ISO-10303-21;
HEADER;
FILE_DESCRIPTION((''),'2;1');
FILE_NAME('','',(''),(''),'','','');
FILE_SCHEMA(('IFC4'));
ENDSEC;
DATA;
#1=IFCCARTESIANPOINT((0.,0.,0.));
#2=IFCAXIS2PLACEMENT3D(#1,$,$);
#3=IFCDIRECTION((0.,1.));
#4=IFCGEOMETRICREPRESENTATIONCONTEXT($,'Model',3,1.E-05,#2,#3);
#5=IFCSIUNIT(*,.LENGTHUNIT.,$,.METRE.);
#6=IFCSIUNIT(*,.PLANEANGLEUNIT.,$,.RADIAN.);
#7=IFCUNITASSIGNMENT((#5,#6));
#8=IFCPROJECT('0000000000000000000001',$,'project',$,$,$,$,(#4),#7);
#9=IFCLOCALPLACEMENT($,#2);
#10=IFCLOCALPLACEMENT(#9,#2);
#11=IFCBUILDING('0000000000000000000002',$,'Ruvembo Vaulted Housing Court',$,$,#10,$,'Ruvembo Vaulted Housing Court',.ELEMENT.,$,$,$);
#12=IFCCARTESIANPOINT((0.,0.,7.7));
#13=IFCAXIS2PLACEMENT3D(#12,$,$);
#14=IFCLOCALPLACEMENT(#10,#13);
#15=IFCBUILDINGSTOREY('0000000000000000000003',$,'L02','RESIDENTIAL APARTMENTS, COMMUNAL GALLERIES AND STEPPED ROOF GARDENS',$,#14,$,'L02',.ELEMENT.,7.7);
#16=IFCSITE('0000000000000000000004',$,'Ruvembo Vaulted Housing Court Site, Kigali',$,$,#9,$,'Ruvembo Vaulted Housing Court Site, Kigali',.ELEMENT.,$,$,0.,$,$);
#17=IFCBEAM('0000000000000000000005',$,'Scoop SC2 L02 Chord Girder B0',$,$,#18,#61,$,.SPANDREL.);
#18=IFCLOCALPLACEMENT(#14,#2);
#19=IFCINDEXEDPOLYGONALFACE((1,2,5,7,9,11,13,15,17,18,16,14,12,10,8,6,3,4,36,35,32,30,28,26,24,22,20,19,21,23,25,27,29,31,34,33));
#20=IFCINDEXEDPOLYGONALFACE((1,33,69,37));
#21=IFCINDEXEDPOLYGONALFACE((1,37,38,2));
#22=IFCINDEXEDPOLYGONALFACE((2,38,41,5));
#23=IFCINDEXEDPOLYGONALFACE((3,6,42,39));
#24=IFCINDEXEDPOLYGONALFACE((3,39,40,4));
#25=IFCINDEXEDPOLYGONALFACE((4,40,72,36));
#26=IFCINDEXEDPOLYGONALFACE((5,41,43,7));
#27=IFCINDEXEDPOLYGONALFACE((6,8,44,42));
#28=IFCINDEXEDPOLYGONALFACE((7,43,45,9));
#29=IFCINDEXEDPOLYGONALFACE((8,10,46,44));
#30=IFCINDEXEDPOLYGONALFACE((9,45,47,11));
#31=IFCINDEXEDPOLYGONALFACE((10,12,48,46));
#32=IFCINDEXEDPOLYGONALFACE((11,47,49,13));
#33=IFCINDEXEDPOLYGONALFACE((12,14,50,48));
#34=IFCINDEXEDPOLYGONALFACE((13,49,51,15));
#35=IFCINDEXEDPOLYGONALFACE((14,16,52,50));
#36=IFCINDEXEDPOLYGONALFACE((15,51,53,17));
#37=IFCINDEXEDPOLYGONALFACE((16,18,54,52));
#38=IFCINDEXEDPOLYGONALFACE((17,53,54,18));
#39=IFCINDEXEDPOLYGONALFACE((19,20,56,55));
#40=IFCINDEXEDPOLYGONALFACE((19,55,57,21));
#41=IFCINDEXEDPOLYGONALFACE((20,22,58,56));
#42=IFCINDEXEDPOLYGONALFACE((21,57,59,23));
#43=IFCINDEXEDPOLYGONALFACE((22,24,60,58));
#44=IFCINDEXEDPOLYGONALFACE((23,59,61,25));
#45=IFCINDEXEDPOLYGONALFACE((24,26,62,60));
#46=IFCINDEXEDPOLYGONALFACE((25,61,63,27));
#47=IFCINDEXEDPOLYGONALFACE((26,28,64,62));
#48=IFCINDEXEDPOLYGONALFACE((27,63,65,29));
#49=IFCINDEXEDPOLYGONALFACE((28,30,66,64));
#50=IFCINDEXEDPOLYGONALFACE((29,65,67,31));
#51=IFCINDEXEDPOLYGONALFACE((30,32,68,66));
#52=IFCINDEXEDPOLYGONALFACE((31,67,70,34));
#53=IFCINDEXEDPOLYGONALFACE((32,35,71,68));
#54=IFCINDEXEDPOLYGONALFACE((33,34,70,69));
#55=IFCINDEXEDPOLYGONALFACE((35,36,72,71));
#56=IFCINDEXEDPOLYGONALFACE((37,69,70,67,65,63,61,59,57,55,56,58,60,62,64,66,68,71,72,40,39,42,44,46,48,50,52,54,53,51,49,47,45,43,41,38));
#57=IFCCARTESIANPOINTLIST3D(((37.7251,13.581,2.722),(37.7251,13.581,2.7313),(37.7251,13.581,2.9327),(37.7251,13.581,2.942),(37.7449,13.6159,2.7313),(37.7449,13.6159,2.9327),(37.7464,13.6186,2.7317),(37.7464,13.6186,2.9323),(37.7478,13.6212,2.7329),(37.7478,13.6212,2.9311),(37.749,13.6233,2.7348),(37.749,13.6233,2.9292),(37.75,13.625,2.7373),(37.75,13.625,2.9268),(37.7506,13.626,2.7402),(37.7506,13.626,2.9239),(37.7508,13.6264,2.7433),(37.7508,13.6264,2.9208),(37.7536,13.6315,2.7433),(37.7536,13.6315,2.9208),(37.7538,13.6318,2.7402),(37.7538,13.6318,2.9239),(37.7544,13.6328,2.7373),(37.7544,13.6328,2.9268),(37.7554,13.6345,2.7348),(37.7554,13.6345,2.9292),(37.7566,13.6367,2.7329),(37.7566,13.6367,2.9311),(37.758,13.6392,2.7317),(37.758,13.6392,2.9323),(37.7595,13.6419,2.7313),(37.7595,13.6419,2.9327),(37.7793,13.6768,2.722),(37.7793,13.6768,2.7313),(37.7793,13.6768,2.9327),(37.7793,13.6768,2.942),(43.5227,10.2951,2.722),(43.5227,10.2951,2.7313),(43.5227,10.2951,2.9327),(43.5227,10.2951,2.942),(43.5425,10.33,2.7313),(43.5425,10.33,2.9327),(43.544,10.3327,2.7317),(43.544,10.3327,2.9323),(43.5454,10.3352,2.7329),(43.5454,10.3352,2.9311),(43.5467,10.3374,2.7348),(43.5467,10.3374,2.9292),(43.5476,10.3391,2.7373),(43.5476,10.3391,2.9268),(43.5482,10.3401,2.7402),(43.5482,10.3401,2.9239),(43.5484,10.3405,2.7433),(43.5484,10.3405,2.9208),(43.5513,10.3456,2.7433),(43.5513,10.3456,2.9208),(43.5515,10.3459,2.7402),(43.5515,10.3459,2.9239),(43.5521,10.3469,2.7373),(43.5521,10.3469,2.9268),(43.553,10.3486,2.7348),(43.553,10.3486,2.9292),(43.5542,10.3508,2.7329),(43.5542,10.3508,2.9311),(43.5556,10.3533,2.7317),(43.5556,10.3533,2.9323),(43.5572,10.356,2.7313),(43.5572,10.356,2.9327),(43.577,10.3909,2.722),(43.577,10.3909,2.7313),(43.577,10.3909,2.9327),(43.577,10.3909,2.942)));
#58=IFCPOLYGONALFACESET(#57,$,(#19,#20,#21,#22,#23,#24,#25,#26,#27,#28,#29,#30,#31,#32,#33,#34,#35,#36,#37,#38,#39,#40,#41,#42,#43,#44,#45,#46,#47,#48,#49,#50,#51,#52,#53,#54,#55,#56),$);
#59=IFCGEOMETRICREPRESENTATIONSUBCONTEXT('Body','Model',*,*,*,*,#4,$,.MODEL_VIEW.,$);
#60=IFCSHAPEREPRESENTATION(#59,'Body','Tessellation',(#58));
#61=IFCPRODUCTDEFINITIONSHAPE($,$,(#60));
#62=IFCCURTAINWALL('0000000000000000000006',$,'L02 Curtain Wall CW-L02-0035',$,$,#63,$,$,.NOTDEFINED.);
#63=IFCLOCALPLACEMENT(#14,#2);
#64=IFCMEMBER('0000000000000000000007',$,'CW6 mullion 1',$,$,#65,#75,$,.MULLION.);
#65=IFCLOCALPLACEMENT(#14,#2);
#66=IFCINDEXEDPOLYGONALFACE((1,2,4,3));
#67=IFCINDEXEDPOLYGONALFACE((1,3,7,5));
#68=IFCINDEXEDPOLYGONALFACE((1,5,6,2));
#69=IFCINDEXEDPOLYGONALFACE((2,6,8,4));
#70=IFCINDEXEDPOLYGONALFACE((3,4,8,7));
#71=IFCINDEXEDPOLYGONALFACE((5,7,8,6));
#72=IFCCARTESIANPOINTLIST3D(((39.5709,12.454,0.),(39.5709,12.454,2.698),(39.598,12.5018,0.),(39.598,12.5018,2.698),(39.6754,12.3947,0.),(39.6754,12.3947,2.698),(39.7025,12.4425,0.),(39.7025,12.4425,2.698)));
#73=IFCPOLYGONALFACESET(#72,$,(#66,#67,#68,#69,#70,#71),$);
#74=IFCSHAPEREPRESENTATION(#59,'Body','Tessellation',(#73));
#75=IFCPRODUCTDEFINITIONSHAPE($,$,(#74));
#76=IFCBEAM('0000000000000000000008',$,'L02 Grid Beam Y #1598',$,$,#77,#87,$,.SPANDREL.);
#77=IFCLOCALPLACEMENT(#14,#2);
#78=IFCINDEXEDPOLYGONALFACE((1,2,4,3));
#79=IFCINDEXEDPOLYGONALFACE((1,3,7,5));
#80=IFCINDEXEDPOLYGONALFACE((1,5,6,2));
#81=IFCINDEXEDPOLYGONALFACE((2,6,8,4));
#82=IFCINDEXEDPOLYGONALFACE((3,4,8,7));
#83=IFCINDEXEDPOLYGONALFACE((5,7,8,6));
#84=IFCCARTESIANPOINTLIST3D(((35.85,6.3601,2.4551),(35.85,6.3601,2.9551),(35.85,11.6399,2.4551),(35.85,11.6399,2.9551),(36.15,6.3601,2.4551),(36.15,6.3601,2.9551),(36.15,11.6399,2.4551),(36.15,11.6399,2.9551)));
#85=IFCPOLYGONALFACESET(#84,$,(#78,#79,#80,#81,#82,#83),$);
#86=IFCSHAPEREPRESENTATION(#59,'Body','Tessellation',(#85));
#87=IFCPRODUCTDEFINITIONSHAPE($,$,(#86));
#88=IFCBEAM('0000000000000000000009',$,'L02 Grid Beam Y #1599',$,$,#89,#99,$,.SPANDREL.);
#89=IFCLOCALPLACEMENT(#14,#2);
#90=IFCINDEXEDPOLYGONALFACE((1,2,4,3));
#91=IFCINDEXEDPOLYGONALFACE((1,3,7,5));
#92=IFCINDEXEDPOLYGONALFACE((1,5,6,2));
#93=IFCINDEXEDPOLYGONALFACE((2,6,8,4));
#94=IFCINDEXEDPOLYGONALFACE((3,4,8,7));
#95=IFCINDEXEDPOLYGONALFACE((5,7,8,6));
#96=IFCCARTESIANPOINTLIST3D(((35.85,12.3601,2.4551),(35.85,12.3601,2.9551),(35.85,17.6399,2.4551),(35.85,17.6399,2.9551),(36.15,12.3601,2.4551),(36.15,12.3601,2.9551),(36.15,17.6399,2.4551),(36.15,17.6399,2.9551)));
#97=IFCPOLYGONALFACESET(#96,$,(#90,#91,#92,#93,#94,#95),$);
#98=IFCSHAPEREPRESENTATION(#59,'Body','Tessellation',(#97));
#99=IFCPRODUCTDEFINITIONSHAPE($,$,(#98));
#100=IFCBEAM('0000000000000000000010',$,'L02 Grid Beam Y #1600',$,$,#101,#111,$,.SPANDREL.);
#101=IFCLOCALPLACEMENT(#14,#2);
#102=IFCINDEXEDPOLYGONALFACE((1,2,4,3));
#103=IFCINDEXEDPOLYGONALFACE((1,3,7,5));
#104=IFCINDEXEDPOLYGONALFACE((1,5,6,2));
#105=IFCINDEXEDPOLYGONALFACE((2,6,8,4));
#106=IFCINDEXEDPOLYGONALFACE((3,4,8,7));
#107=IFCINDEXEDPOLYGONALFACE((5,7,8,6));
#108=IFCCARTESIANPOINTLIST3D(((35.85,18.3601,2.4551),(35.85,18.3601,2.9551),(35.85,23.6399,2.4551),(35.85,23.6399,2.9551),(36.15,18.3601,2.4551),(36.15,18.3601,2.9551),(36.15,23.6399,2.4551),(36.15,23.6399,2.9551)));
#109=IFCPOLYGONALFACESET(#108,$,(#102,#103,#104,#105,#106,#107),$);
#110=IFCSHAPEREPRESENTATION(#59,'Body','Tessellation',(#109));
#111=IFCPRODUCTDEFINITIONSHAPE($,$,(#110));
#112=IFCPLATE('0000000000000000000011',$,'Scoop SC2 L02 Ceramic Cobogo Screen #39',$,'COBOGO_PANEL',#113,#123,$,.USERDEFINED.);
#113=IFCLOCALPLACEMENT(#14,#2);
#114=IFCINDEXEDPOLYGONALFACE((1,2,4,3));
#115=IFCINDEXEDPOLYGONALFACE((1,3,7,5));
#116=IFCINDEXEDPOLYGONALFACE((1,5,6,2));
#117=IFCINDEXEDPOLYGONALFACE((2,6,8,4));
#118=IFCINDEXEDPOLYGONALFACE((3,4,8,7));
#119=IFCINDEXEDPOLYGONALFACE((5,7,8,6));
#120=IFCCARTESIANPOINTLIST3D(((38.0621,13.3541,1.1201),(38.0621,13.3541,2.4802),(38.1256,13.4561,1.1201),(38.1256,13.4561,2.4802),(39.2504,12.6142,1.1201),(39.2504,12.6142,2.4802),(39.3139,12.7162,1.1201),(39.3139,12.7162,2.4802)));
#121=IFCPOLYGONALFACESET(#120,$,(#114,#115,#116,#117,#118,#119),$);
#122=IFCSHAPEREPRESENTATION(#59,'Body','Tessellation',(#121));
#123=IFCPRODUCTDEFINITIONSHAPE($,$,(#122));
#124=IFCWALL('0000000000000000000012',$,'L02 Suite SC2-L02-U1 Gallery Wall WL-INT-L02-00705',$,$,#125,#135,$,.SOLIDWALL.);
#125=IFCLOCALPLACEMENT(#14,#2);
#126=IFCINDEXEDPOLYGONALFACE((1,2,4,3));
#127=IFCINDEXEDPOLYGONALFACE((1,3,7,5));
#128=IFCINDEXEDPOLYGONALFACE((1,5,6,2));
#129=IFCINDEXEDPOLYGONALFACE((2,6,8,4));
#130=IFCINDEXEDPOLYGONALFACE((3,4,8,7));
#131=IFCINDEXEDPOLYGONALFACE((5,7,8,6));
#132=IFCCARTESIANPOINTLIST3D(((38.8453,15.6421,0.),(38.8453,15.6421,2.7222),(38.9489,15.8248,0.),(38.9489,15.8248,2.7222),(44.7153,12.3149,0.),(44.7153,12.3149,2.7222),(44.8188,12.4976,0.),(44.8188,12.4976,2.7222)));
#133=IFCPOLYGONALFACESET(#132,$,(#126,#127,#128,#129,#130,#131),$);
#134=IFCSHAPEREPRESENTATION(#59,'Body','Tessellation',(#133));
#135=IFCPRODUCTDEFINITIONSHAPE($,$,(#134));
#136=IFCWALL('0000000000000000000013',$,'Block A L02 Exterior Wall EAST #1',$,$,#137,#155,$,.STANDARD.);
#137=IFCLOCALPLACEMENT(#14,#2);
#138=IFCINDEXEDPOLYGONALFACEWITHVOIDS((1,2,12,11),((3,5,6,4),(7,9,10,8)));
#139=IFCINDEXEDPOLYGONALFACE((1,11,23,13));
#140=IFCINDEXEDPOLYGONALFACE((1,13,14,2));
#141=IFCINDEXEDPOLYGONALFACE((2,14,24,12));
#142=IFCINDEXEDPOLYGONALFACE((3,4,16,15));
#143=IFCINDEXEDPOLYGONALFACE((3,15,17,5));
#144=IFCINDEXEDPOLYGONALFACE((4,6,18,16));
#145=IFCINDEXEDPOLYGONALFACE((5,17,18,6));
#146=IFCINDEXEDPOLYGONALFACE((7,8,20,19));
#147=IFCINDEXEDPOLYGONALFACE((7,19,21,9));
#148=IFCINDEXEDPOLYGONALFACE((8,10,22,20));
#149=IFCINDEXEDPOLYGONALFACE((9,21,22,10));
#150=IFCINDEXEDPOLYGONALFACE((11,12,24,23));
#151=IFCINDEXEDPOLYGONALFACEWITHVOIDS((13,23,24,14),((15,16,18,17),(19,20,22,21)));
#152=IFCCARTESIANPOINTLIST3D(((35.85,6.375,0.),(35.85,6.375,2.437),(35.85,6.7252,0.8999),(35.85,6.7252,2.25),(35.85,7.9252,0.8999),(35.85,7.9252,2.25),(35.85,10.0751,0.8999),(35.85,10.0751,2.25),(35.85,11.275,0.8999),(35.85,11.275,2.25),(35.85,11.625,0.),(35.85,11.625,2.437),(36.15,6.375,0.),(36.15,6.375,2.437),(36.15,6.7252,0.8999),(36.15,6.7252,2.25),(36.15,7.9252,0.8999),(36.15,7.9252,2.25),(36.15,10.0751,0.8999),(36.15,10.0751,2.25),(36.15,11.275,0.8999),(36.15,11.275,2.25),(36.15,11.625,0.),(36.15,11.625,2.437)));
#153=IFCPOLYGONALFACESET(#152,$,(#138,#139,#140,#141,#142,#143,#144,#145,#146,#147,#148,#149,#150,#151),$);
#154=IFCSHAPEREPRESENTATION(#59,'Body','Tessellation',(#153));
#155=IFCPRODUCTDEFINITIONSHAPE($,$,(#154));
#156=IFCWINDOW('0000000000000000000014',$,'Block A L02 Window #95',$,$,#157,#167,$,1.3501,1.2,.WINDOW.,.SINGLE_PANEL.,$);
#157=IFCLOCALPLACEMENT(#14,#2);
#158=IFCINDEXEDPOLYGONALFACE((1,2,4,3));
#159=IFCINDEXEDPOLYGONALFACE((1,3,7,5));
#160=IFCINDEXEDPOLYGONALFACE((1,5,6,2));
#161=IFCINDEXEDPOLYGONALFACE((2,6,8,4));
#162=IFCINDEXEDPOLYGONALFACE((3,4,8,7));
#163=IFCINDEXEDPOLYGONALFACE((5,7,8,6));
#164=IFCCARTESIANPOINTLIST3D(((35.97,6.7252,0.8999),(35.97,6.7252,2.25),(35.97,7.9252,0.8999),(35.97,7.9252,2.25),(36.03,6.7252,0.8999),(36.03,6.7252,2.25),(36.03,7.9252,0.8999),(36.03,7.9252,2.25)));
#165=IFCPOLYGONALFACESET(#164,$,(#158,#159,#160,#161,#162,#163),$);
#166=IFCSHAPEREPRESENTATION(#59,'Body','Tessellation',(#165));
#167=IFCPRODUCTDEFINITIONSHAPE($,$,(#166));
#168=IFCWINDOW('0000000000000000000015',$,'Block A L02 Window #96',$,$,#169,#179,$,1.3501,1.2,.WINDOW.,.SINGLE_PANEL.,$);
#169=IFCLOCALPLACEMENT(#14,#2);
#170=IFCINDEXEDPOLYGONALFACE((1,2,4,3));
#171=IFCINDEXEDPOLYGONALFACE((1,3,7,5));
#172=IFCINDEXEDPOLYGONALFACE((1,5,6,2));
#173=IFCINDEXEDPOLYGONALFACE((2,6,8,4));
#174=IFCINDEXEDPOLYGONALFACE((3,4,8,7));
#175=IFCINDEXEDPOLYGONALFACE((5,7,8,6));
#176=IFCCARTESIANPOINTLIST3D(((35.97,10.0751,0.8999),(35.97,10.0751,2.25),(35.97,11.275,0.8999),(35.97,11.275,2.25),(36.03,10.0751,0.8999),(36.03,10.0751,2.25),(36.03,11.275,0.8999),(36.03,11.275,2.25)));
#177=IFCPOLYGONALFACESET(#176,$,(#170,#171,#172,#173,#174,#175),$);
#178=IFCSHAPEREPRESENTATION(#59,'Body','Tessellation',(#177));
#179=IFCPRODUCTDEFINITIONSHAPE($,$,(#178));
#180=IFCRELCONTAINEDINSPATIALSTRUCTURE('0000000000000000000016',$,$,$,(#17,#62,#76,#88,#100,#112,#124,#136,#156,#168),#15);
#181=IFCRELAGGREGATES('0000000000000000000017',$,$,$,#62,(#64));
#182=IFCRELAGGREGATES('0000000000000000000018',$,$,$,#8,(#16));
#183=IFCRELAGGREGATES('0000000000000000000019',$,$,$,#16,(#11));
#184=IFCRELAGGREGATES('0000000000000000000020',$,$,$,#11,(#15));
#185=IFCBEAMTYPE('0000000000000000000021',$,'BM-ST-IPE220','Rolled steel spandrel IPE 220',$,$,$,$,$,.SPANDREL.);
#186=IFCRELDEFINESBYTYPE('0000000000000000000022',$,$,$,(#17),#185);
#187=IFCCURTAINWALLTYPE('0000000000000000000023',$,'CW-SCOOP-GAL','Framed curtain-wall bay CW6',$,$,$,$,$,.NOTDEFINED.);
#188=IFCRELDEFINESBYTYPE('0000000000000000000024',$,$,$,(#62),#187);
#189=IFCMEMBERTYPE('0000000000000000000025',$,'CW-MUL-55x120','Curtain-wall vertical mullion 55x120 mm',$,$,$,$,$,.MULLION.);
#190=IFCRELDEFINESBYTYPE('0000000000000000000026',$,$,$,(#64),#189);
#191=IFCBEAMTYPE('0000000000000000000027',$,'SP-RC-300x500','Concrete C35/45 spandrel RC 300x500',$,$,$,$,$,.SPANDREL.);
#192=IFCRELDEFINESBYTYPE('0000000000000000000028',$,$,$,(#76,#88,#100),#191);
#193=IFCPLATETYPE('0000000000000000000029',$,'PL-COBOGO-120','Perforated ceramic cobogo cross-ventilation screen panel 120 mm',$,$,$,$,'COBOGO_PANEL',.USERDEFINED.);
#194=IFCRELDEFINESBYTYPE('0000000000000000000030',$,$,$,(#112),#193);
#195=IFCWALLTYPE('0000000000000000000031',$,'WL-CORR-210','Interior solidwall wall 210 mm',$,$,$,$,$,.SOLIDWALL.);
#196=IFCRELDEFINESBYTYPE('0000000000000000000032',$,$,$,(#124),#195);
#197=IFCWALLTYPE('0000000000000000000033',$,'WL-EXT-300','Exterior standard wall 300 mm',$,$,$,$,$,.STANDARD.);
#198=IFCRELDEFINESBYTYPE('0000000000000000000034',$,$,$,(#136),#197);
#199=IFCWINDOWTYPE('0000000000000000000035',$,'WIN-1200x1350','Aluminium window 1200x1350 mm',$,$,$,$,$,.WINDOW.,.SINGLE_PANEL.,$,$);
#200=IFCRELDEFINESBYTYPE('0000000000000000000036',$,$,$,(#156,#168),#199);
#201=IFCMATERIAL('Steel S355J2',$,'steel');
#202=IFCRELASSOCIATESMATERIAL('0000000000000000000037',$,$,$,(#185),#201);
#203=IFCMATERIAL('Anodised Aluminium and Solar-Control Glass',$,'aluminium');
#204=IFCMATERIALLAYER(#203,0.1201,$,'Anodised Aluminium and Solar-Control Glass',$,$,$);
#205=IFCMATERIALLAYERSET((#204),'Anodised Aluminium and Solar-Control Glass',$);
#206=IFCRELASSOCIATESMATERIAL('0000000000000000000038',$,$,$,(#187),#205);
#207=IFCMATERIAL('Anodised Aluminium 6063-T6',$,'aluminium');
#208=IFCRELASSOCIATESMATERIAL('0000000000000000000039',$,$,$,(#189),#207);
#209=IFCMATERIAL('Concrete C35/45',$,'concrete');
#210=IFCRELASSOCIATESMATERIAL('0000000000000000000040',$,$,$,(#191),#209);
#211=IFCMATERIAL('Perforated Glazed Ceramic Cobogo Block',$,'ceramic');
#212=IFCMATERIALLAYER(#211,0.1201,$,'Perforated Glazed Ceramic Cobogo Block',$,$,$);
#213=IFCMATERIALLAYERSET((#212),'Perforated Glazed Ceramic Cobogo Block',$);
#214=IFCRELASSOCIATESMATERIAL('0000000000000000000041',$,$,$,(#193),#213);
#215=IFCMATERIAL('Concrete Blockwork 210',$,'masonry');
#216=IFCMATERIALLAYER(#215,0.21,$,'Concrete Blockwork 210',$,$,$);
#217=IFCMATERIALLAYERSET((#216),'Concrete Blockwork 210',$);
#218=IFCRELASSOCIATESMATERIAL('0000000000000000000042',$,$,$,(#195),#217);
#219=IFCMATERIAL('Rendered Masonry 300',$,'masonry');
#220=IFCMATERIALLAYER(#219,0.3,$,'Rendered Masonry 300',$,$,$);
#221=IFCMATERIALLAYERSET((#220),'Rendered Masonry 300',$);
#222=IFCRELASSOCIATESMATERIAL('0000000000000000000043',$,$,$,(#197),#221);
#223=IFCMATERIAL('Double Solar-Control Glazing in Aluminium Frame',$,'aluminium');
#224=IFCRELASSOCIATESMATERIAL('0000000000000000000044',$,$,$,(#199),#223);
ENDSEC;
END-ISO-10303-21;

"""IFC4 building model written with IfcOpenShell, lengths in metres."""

from ifc_helpers import new_model, si_unit, direction, frame, frame_2d, origin, origin_2d, place, context, subcontext, project, spatial, rectangle, i_section, extrude, material, layer, layer_set, material_profile, profile_set, type_object, element, fill, aggregate, save


model = new_model("IFC4")

# Units and contexts
model_context = context("Model", 3, precision=1e-05, world=origin(), true_north=direction((0.0, 1.0)))
body_context = subcontext(model_context, "Body", "Model", "MODEL_VIEW")
ifc_project = project(units=[si_unit("LENGTHUNIT", "METRE"), si_unit("PLANEANGLEUNIT", "RADIAN")], contexts=[model_context])

# Site, building, storey
site_placement = place(None, origin())
site = spatial("IfcSite", under=ifc_project, at=site_placement, Name="Ruvembo Vaulted Housing Court Site, Kigali", LongName="Ruvembo Vaulted Housing Court Site, Kigali", CompositionType="ELEMENT", RefElevation=0.0)
building_placement = place(site_placement, origin())
building = spatial("IfcBuilding", under=site, at=building_placement, Name="Ruvembo Vaulted Housing Court", LongName="Ruvembo Vaulted Housing Court", CompositionType="ELEMENT")
storey_placement = place(building_placement, frame((0.0, 0.0, 7.7)))
storey = spatial("IfcBuildingStorey", under=building, at=storey_placement, Name="L02", Description="RESIDENTIAL APARTMENTS, COMMUNAL GALLERIES AND STEPPED ROOF GARDENS", LongName="L02", CompositionType="ELEMENT", Elevation=7.7)

# Beam
ifc_material_1 = material(Name="Steel S355J2", Category="steel")
ifc_material_profile_1 = material_profile(ifc_material_1, i_section(OverallWidth=0.1101, OverallDepth=0.22, WebThickness=0.0059, FlangeThickness=0.0093, FilletRadius=0.012, at=origin_2d()), Name="IPE 220")
ifc_profile_set_1 = profile_set([ifc_material_profile_1], Name="Steel S355J2")
beam_type_1 = type_object("IfcBeamType", Name="BM-ST-IPE220", Description="Rolled steel spandrel IPE 220", PredefinedType="SPANDREL", material=ifc_profile_set_1)
beam_1_placement = place(storey_placement, frame((37.7522, 13.6289, 2.832), z_axis=(0.869985, -0.493078, 0.0), x_axis=(0.493078, 0.869985, 0.0)))
element("IfcBeam", 1, at=beam_1_placement, inside=storey, type_object=beam_type_1, Name="Scoop SC2 L02 Chord Girder B0", PredefinedType="SPANDREL", context=body_context, shape_type="SweptSolid", body=[
    extrude(i_section(OverallWidth=0.1101, OverallDepth=0.22, WebThickness=0.0059, FlangeThickness=0.0093, FilletRadius=0.012, at=origin_2d()), origin(), (0.0, 0.0, 1.0), 6.6641),
])

# Curtain wall, member
ifc_material_2 = material(Name="Anodised Aluminium and Solar-Control Glass", Category="aluminium")
ifc_layer_1 = layer(ifc_material_2, 0.1201, Name="Anodised Aluminium and Solar-Control Glass")
ifc_layer_set_1 = layer_set([ifc_layer_1], Name="Anodised Aluminium and Solar-Control Glass")
curtain_wall_type = type_object("IfcCurtainWallType", Name="CW-SCOOP-GAL", Description="Framed curtain-wall bay CW6", PredefinedType="NOTDEFINED", material=ifc_layer_set_1)
curtain_wall_placement = place(storey_placement, origin())
curtain_wall = element("IfcCurtainWall", 2, at=curtain_wall_placement, inside=storey, type_object=curtain_wall_type, Name="L02 Curtain Wall CW-L02-0035", PredefinedType="NOTDEFINED")
ifc_material_3 = material(Name="Anodised Aluminium 6063-T6", Category="aluminium")
ifc_material_profile_2 = material_profile(ifc_material_3, rectangle(XDim=0.0549, YDim=0.1201, at=origin_2d()), Name="ALU 55x120")
ifc_profile_set_2 = profile_set([ifc_material_profile_2], Name="Anodised Aluminium 6063-T6")
member_type = type_object("IfcMemberType", Name="CW-MUL-55x120", Description="Curtain-wall vertical mullion 55x120 mm", PredefinedType="MULLION", material=ifc_profile_set_2)
member_placement = place(storey_placement, frame((39.6367, 12.4482, 0.0), z_axis=(0.0, 0.0, 1.0), x_axis=(0.493079, 0.869984, 0.0)))
member = element("IfcMember", 3, at=member_placement, type_object=member_type, Name="CW6 mullion 1", PredefinedType="MULLION", context=body_context, shape_type="SweptSolid", body=[
    extrude(rectangle(XDim=0.0549, YDim=0.1201, at=origin_2d()), origin(), (0.0, 0.0, 1.0), 2.698),
])
aggregate(curtain_wall, [member])

# Beams
ifc_material_4 = material(Name="Concrete C35/45", Category="concrete")
ifc_material_profile_3 = material_profile(ifc_material_4, rectangle(XDim=0.3, YDim=0.5, at=origin_2d()), Name="RC 300x500")
ifc_profile_set_3 = profile_set([ifc_material_profile_3], Name="Concrete C35/45")
beam_type_2 = type_object("IfcBeamType", Name="SP-RC-300x500", Description="Concrete C35/45 spandrel RC 300x500", PredefinedType="SPANDREL", material=ifc_profile_set_3)
for number, where, z_axis, x_axis, name in (
    (4, (36.0, 6.3601, 2.7051), (0.0, 1.0, 0.0), (-1.0, 0.0, 0.0), "L02 Grid Beam Y #1598"),
    (5, (36.0, 12.3601, 2.7051), (0.0, 1.0, 0.0), (-1.0, 0.0, 0.0), "L02 Grid Beam Y #1599"),
    (6, (36.0, 18.3601, 2.7051), (0.0, 1.0, 0.0), (-1.0, 0.0, 0.0), "L02 Grid Beam Y #1600"),
):
    element("IfcBeam", number, at=place(storey_placement, frame(where, z_axis=z_axis, x_axis=x_axis)), inside=storey, type_object=beam_type_2, Name=name, PredefinedType="SPANDREL", context=body_context, shape_type="SweptSolid", body=[
        extrude(rectangle(XDim=0.3, YDim=0.5, at=origin_2d()), origin(), (0.0, 0.0, 1.0), 5.2798),
    ])

# Plate
ifc_material_5 = material(Name="Perforated Glazed Ceramic Cobogo Block", Category="ceramic")
ifc_layer_2 = layer(ifc_material_5, 0.1201, Name="Perforated Glazed Ceramic Cobogo Block")
ifc_layer_set_2 = layer_set([ifc_layer_2], Name="Perforated Glazed Ceramic Cobogo Block")
plate_type = type_object("IfcPlateType", Name="PL-COBOGO-120", Description="Perforated ceramic cobogo cross-ventilation screen panel 120 mm", ElementType="COBOGO_PANEL", PredefinedType="USERDEFINED", material=ifc_layer_set_2)
plate_placement = place(storey_placement, frame((38.688, 13.0352, 1.1201), z_axis=(0.0, 0.0, 1.0), x_axis=(0.848889, -0.528572, 0.0)))
element("IfcPlate", 7, at=plate_placement, inside=storey, type_object=plate_type, Name="Scoop SC2 L02 Ceramic Cobogo Screen #39", ObjectType="COBOGO_PANEL", PredefinedType="USERDEFINED", context=body_context, shape_type="SweptSolid", body=[
    extrude(rectangle(XDim=1.3999, YDim=0.1201, at=origin_2d()), origin(), (0.0, 0.0, 1.0), 1.3601),
])

# Shared definitions
ifc_material_6 = material(Name="Concrete Blockwork 210", Category="masonry")
ifc_layer_3 = layer(ifc_material_6, 0.21, Name="Concrete Blockwork 210")
ifc_layer_set_3 = layer_set([ifc_layer_3], Name="Concrete Blockwork 210")
wall_type_1 = type_object("IfcWallType", Name="WL-CORR-210", Description="Interior solidwall wall 210 mm", PredefinedType="SOLIDWALL", material=ifc_layer_set_3)

# Wall
wall_1_placement = place(storey_placement, frame((38.8972, 15.7334, 0.0), z_axis=(0.0, 0.0, 1.0), x_axis=(0.869966, -0.493112, 0.0)))
element("IfcWall", 8, at=wall_1_placement, inside=storey, type_object=wall_type_1, Name="L02 Suite SC2-L02-U1 Gallery Wall WL-INT-L02-00705", PredefinedType="SOLIDWALL", context=body_context, shape_type="SweptSolid", body=[
    extrude(rectangle(XDim=6.7473, YDim=0.21, at=frame_2d((3.3735, 0.0))), origin(), (0.0, 0.0, 1.0), 2.7222),
])

# Wall, openings, windows
ifc_material_7 = material(Name="Rendered Masonry 300", Category="masonry")
ifc_layer_4 = layer(ifc_material_7, 0.3, Name="Rendered Masonry 300")
ifc_layer_set_4 = layer_set([ifc_layer_4], Name="Rendered Masonry 300")
wall_type_2 = type_object("IfcWallType", Name="WL-EXT-300", Description="Exterior standard wall 300 mm", PredefinedType="STANDARD", material=ifc_layer_set_4)
wall_2_placement = place(storey_placement, frame((36.0, 6.375, 0.0), z_axis=(0.0, 0.0, 1.0), x_axis=(0.0, 1.0, 0.0)))
wall_2 = element("IfcWall", 9, at=wall_2_placement, inside=storey, type_object=wall_type_2, Name="Block A L02 Exterior Wall EAST #1", PredefinedType="STANDARD", context=body_context, shape_type="SweptSolid", body=[
    extrude(rectangle(XDim=5.25, YDim=0.3, at=frame_2d((2.625, 0.0))), origin(), (0.0, 0.0, 1.0), 2.437),
])
opening_1_placement = place(wall_2_placement, frame((0.3501, 0.0, 0.8999)))
opening_1 = element("IfcOpeningElement", 10, at=opening_1_placement, cuts=wall_2, PredefinedType="OPENING", context=body_context, shape_type="SweptSolid", body=[
    extrude(rectangle(XDim=1.2, YDim=1.3501, at=frame_2d((0.6001, 0.675))), frame((0.0, 0.1599, 0.0), z_axis=(0.0, -1.0, 0.0), x_axis=(1.0, 0.0, 0.0)), (0.0, 0.0, 1.0), 0.3201),
])
opening_2_placement = place(wall_2_placement, frame((3.7, 0.0, 0.8999)))
opening_2 = element("IfcOpeningElement", 11, at=opening_2_placement, cuts=wall_2, PredefinedType="OPENING", context=body_context, shape_type="SweptSolid", body=[
    extrude(rectangle(XDim=1.2, YDim=1.3501, at=frame_2d((0.6001, 0.675))), frame((0.0, 0.1599, 0.0), z_axis=(0.0, -1.0, 0.0), x_axis=(1.0, 0.0, 0.0)), (0.0, 0.0, 1.0), 0.3201),
])
ifc_material_8 = material(Name="Double Solar-Control Glazing in Aluminium Frame", Category="aluminium")
window_type_1 = type_object("IfcWindowType", Name="WIN-1200x1350", Description="Aluminium window 1200x1350 mm", PartitioningType="SINGLE_PANEL", PredefinedType="WINDOW", material=ifc_material_8)
window_1_placement = place(opening_1_placement, origin())
window_1 = element("IfcWindow", 12, at=window_1_placement, inside=storey, type_object=window_type_1, Name="Block A L02 Window #95", OverallHeight=1.3501, OverallWidth=1.2, PartitioningType="SINGLE_PANEL", PredefinedType="WINDOW", context=body_context, shape_type="SweptSolid", body=[
    extrude(rectangle(XDim=1.2, YDim=1.3501, at=frame_2d((0.6001, 0.675))), frame((0.0, 0.03, 0.0), z_axis=(0.0, -1.0, 0.0), x_axis=(1.0, 0.0, 0.0)), (0.0, 0.0, 1.0), 0.0601),
])
fill(opening_1, window_1)
window_2_placement = place(opening_2_placement, origin())
window_2 = element("IfcWindow", 13, at=window_2_placement, inside=storey, type_object=window_type_1, Name="Block A L02 Window #96", OverallHeight=1.3501, OverallWidth=1.2, PartitioningType="SINGLE_PANEL", PredefinedType="WINDOW", context=body_context, shape_type="SweptSolid", body=[
    extrude(rectangle(XDim=1.2, YDim=1.3501, at=frame_2d((0.6001, 0.675))), frame((0.0, 0.03, 0.0), z_axis=(0.0, -1.0, 0.0), x_axis=(1.0, 0.0, 0.0)), (0.0, 0.0, 1.0), 0.0601),
])
fill(opening_2, window_2)

save(model, "model.ifc")
